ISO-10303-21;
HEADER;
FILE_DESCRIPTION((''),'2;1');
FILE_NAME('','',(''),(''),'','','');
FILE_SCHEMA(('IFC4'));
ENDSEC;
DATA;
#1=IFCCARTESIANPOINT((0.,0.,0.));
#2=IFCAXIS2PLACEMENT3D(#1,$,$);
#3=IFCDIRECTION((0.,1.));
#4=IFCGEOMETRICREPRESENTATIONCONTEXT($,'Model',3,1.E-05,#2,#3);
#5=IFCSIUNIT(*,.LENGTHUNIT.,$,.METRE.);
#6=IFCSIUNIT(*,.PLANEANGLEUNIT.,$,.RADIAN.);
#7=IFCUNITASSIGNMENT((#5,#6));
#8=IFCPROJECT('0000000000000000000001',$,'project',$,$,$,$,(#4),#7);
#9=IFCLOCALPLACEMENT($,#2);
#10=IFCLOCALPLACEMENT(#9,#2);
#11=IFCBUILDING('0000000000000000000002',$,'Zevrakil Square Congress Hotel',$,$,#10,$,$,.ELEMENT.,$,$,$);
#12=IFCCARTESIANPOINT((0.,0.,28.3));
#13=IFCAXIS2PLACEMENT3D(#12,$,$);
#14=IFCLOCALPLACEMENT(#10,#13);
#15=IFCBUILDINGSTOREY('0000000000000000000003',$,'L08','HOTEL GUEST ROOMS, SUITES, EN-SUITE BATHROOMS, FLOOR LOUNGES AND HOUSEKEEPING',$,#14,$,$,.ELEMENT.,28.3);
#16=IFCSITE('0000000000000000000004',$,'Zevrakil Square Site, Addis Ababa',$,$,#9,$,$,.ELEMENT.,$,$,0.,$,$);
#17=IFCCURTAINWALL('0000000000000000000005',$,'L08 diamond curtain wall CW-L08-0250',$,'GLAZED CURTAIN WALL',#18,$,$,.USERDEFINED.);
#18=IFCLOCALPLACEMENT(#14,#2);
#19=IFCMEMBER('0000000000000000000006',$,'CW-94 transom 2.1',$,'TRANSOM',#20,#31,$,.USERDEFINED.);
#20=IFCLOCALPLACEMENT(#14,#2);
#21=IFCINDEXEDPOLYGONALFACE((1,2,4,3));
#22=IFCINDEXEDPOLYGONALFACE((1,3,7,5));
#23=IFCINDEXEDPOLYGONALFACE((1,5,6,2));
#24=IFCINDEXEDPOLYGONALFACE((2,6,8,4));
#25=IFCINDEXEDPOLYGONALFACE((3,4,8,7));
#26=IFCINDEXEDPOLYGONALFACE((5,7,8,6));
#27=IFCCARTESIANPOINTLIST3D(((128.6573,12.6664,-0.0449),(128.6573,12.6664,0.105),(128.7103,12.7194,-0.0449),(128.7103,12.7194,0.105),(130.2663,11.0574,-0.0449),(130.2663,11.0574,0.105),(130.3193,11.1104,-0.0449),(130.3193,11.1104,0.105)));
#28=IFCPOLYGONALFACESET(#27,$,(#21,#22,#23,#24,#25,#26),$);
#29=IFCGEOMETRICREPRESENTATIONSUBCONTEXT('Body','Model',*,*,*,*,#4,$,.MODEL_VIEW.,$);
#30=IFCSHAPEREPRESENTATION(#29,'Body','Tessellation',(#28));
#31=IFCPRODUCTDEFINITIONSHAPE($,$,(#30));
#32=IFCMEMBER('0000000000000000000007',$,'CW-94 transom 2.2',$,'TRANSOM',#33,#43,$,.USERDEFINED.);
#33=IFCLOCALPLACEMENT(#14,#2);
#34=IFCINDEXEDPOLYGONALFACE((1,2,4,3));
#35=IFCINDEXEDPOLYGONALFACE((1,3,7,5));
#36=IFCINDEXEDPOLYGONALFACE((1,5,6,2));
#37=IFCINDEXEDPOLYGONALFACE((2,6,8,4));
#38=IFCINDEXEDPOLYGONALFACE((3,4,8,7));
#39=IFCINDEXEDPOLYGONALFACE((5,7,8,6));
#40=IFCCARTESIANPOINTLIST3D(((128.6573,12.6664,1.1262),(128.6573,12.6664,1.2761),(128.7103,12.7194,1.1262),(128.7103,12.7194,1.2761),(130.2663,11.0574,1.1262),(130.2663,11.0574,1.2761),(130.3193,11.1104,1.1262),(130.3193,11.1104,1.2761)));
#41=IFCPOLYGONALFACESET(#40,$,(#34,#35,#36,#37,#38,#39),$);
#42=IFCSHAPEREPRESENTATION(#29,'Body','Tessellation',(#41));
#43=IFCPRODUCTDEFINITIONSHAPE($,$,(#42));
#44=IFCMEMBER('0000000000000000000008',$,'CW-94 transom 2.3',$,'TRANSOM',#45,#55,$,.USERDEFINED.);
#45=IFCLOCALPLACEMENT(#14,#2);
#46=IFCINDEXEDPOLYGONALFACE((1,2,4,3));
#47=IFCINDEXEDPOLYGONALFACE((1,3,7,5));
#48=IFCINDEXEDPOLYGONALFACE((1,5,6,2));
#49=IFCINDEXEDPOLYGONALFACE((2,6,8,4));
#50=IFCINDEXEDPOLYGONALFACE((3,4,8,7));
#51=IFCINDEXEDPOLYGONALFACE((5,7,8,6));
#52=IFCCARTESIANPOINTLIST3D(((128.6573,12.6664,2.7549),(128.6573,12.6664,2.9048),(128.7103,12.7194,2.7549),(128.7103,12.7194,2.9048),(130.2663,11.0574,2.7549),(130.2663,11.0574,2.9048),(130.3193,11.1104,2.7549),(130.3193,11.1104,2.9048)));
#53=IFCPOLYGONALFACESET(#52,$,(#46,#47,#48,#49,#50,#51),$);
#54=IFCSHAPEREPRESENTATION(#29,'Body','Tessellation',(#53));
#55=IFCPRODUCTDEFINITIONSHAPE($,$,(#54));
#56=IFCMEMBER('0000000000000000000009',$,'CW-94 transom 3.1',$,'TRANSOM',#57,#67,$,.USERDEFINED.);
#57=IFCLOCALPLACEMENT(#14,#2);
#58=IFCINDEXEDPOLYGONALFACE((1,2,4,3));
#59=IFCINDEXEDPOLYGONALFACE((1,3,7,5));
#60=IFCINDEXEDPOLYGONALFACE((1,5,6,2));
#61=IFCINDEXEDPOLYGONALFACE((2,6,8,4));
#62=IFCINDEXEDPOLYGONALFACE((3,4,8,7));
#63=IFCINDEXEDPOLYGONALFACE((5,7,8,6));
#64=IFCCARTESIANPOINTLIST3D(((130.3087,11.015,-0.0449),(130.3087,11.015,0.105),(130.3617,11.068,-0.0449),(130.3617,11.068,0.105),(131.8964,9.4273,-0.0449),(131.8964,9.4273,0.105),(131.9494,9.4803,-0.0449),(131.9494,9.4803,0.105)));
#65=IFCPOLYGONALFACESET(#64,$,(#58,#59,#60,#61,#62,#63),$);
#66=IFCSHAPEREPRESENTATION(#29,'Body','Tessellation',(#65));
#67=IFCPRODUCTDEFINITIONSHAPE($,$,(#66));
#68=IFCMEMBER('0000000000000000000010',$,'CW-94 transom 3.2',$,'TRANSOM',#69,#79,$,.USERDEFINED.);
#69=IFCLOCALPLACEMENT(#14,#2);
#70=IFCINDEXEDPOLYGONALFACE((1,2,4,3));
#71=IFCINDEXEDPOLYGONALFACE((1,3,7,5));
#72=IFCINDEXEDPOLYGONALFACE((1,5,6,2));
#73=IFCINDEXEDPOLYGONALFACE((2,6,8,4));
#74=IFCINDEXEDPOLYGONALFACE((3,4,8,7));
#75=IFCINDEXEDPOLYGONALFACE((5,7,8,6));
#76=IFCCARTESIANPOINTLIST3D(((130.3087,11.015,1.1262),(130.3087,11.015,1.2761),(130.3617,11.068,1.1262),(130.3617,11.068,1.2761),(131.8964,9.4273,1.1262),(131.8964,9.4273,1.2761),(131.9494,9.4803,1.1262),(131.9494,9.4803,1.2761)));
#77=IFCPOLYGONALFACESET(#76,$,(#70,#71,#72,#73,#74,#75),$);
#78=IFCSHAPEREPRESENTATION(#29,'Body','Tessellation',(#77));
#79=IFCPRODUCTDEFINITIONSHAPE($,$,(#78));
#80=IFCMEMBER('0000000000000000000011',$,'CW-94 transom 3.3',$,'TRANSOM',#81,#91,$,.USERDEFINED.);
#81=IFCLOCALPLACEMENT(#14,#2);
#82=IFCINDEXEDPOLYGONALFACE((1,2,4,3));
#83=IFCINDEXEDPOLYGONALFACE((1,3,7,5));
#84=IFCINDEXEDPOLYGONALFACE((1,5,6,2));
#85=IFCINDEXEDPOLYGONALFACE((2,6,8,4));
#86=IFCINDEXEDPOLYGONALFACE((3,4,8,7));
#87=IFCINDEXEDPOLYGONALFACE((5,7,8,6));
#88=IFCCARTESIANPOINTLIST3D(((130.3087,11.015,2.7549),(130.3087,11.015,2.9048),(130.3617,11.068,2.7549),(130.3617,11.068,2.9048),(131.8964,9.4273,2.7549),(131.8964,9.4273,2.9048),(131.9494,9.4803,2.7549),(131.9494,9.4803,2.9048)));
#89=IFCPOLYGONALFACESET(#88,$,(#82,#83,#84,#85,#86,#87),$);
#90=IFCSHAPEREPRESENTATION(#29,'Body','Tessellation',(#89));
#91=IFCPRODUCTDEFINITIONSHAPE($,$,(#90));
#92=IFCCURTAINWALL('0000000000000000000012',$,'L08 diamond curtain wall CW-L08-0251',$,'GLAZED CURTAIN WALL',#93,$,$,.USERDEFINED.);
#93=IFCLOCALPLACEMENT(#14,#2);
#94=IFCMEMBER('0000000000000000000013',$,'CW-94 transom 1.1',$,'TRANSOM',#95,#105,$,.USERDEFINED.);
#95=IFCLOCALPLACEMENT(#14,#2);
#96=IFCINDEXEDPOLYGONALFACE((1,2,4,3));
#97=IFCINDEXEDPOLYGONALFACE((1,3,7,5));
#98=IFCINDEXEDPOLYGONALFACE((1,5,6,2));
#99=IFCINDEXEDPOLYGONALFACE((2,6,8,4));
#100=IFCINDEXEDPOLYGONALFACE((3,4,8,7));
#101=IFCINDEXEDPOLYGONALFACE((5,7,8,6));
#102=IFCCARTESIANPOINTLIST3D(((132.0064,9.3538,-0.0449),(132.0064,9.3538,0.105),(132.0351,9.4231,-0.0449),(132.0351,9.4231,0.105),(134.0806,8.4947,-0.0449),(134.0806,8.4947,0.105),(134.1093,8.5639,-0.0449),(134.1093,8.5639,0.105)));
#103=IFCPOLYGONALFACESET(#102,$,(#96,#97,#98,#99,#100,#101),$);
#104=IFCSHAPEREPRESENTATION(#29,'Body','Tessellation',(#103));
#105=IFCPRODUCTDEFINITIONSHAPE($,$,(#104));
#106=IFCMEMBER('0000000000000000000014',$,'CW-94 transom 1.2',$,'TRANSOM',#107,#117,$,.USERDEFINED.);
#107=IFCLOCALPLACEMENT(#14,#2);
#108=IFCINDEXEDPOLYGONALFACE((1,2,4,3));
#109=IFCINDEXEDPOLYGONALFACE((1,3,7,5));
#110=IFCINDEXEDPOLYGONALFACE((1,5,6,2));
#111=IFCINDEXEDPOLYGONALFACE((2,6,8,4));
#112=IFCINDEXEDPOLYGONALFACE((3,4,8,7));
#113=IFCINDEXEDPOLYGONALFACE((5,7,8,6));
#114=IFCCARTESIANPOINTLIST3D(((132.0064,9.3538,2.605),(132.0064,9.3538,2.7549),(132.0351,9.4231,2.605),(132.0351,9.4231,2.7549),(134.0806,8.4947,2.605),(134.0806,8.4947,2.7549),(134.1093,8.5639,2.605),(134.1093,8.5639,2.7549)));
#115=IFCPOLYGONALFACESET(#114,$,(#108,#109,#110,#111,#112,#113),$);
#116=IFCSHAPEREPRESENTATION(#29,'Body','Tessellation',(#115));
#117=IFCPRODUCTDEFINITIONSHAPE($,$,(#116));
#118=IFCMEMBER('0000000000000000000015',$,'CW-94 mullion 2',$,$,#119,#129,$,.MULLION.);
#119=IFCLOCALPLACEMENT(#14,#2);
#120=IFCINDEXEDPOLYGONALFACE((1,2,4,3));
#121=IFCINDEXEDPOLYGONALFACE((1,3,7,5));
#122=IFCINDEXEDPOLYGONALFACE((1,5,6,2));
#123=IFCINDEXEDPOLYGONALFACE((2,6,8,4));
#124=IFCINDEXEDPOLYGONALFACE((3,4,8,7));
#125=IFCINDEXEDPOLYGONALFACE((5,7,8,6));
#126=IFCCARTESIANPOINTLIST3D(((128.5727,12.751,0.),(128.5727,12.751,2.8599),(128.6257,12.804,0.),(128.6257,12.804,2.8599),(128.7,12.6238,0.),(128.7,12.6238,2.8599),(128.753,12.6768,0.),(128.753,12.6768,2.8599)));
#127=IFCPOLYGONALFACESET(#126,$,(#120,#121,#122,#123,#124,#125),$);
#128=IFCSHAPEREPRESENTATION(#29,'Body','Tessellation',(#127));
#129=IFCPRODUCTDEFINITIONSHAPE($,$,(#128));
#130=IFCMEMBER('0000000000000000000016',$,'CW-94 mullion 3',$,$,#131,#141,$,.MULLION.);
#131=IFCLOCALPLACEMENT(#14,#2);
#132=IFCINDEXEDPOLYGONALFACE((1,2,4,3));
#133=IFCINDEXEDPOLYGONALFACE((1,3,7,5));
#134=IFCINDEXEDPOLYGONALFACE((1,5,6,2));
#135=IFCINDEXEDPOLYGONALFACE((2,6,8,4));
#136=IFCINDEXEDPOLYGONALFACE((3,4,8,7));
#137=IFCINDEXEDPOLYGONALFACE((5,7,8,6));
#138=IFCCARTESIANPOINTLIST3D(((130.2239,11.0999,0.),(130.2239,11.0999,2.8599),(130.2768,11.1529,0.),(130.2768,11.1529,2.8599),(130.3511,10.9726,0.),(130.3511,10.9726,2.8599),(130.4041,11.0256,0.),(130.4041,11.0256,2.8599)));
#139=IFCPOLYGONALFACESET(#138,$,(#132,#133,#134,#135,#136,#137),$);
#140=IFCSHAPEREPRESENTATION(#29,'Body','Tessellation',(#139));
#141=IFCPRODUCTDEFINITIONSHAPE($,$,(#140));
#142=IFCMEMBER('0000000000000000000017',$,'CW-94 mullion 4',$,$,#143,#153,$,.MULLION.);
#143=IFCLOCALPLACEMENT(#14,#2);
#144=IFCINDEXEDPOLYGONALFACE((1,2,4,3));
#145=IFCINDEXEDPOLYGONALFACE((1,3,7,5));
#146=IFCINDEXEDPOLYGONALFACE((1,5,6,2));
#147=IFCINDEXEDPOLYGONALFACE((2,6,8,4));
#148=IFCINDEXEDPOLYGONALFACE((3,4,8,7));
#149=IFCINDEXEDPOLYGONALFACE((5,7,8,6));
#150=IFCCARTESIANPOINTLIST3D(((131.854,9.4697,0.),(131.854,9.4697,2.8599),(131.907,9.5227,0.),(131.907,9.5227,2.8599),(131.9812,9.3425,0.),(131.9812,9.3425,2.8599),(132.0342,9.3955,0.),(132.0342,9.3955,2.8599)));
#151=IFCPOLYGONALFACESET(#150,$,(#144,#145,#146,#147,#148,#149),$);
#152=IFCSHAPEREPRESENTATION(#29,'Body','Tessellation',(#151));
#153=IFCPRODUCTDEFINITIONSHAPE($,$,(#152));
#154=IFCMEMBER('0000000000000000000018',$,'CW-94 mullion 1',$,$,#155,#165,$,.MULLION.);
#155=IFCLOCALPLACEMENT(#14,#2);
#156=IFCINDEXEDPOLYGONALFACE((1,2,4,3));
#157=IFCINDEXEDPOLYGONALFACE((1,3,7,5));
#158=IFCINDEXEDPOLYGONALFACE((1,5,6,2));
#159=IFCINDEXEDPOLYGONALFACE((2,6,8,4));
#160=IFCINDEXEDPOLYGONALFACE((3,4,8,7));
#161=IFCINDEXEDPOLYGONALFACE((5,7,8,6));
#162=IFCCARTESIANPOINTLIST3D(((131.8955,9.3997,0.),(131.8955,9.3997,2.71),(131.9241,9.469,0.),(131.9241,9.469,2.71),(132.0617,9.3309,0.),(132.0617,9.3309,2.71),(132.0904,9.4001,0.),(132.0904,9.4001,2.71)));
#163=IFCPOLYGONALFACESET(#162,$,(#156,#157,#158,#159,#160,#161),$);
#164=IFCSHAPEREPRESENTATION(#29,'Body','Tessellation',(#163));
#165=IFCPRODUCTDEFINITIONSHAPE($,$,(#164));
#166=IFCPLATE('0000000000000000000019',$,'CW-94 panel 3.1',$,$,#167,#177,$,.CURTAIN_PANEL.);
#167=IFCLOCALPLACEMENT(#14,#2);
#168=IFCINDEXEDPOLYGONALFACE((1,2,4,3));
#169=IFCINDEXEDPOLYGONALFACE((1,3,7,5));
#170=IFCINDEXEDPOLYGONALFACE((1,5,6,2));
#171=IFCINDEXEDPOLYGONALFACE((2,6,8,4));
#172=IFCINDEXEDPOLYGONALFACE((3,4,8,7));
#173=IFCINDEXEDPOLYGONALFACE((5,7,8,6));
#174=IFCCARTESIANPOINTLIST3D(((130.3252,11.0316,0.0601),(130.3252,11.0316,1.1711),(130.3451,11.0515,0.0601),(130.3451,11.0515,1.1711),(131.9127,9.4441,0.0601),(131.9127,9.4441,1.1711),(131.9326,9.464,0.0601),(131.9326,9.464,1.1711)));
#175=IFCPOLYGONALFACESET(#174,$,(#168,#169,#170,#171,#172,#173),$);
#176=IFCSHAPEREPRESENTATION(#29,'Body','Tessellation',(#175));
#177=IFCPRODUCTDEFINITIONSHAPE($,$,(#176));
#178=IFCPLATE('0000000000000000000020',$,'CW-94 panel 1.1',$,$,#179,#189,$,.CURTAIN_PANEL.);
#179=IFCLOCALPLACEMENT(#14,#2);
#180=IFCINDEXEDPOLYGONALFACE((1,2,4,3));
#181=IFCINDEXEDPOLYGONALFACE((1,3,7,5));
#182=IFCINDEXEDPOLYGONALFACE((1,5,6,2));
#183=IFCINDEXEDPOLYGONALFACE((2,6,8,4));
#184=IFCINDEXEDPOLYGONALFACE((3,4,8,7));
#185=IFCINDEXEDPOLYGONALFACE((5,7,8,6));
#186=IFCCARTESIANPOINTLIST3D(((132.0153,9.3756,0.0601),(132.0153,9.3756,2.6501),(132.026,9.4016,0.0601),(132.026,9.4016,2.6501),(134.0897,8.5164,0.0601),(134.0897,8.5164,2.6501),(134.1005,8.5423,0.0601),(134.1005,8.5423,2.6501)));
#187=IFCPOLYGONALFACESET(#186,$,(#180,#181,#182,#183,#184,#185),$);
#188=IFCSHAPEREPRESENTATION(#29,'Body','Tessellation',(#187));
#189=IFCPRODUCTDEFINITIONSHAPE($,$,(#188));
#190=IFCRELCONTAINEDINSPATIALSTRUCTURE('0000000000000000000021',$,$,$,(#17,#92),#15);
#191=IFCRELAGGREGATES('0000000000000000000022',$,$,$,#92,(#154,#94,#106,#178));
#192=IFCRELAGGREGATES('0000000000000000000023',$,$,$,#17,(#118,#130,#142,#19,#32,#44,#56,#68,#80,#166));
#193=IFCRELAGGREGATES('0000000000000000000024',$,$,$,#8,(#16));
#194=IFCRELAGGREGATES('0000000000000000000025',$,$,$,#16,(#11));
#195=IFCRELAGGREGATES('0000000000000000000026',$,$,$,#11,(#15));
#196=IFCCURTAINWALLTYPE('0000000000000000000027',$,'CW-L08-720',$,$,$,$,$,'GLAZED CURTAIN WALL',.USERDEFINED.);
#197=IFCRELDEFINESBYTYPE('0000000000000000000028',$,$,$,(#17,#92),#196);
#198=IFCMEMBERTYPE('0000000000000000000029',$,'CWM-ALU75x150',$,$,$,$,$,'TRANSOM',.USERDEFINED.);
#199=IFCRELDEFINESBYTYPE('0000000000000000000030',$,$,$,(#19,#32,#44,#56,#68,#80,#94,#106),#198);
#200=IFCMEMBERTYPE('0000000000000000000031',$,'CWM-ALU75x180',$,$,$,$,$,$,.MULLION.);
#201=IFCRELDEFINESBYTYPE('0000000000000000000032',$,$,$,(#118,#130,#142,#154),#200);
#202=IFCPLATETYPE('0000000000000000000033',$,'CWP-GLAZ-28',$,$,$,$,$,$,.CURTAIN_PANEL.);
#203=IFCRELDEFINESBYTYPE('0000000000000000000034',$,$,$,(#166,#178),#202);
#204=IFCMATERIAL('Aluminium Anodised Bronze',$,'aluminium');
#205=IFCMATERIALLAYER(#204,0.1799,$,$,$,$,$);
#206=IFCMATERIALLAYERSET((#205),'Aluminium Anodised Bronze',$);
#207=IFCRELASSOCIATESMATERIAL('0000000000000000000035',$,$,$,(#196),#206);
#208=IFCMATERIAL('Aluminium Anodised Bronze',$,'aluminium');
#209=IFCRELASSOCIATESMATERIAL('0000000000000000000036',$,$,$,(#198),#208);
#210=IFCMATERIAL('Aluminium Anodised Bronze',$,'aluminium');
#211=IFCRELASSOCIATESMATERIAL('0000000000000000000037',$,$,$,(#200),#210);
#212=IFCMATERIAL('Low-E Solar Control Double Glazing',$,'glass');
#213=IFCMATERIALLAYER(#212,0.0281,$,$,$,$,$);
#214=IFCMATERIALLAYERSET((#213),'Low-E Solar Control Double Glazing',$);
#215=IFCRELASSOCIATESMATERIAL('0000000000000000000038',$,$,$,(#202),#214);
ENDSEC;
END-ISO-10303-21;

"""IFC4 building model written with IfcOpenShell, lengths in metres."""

from ifc_helpers import new_model, si_unit, direction, frame, origin, origin_2d, place, context, subcontext, project, spatial, rectangle, extrude, material, layer, layer_set, material_profile, profile_set, type_object, element, aggregate, save


model = new_model("IFC4")

# Units and contexts
model_context = context("Model", 3, precision=1e-05, world=origin(), true_north=direction((0.0, 1.0)))
body_context = subcontext(model_context, "Body", "Model", "MODEL_VIEW")
ifc_project = project(units=[si_unit("LENGTHUNIT", "METRE"), si_unit("PLANEANGLEUNIT", "RADIAN")], contexts=[model_context])

# Site, building, storey
site_placement = place(None, origin())
site = spatial("IfcSite", under=ifc_project, at=site_placement, Name="Zevrakil Square Site, Addis Ababa", CompositionType="ELEMENT", RefElevation=0.0)
building_placement = place(site_placement, origin())
building = spatial("IfcBuilding", under=site, at=building_placement, Name="Zevrakil Square Congress Hotel", CompositionType="ELEMENT")
storey_placement = place(building_placement, frame((0.0, 0.0, 28.3)))
storey = spatial("IfcBuildingStorey", under=building, at=storey_placement, Name="L08", Description="HOTEL GUEST ROOMS, SUITES, EN-SUITE BATHROOMS, FLOOR LOUNGES AND HOUSEKEEPING", CompositionType="ELEMENT", Elevation=28.3)

# Curtain walls, members
ifc_material_1 = material(Name="Aluminium Anodised Bronze", Category="aluminium")
ifc_layer_1 = layer(ifc_material_1, 0.1799)
ifc_layer_set_1 = layer_set([ifc_layer_1], Name="Aluminium Anodised Bronze")
curtain_wall_type = type_object("IfcCurtainWallType", Name="CW-L08-720", ElementType="GLAZED CURTAIN WALL", PredefinedType="USERDEFINED", material=ifc_layer_set_1)
curtain_wall_1_placement = place(storey_placement, origin())
curtain_wall_1 = element("IfcCurtainWall", 1, at=curtain_wall_1_placement, inside=storey, type_object=curtain_wall_type, Name="L08 diamond curtain wall CW-L08-0250", ObjectType="GLAZED CURTAIN WALL", PredefinedType="USERDEFINED")
ifc_material_2 = material(Name="Aluminium Anodised Bronze", Category="aluminium")
ifc_material_profile_1 = material_profile(ifc_material_2, rectangle(XDim=0.075, YDim=0.1499, at=origin_2d()), Name="ALU 75x150")
ifc_profile_set_1 = profile_set([ifc_material_profile_1], Name="Aluminium Anodised Bronze")
member_type_1 = type_object("IfcMemberType", Name="CWM-ALU75x150", ElementType="TRANSOM", PredefinedType="USERDEFINED", material=ifc_profile_set_1)
member_1_placement = place(storey_placement, frame((128.6838, 12.6929, 0.03), z_axis=(0.707107, -0.707107, 0.0), x_axis=(0.707107, 0.707107, 0.0)))
member_1 = element("IfcMember", 2, at=member_1_placement, type_object=member_type_1, Name="CW-94 transom 2.1", ObjectType="TRANSOM", PredefinedType="USERDEFINED", context=body_context, shape_type="SweptSolid", body=[
    extrude(rectangle(XDim=0.075, YDim=0.1499, at=origin_2d()), origin(), (0.0, 0.0, 1.0), 2.2754),
])
member_2_placement = place(storey_placement, frame((128.6838, 12.6929, 1.2012), z_axis=(0.707107, -0.707107, 0.0), x_axis=(0.707107, 0.707107, 0.0)))
member_2 = element("IfcMember", 3, at=member_2_placement, type_object=member_type_1, Name="CW-94 transom 2.2", ObjectType="TRANSOM", PredefinedType="USERDEFINED", context=body_context, shape_type="SweptSolid", body=[
    extrude(rectangle(XDim=0.075, YDim=0.1499, at=origin_2d()), origin(), (0.0, 0.0, 1.0), 2.2754),
])
member_3_placement = place(storey_placement, frame((128.6838, 12.6929, 2.8298), z_axis=(0.707107, -0.707107, 0.0), x_axis=(0.707107, 0.707107, 0.0)))
member_3 = element("IfcMember", 4, at=member_3_placement, type_object=member_type_1, Name="CW-94 transom 2.3", ObjectType="TRANSOM", PredefinedType="USERDEFINED", context=body_context, shape_type="SweptSolid", body=[
    extrude(rectangle(XDim=0.075, YDim=0.1499, at=origin_2d()), origin(), (0.0, 0.0, 1.0), 2.2754),
])
member_4_placement = place(storey_placement, frame((130.3352, 11.0415, 0.03), z_axis=(0.707107, -0.707107, 0.0), x_axis=(0.707107, 0.707107, 0.0)))
member_4 = element("IfcMember", 5, at=member_4_placement, type_object=member_type_1, Name="CW-94 transom 3.1", ObjectType="TRANSOM", PredefinedType="USERDEFINED", context=body_context, shape_type="SweptSolid", body=[
    extrude(rectangle(XDim=0.075, YDim=0.1499, at=origin_2d()), origin(), (0.0, 0.0, 1.0), 2.2454),
])
member_5_placement = place(storey_placement, frame((130.3352, 11.0415, 1.2012), z_axis=(0.707107, -0.707107, 0.0), x_axis=(0.707107, 0.707107, 0.0)))
member_5 = element("IfcMember", 6, at=member_5_placement, type_object=member_type_1, Name="CW-94 transom 3.2", ObjectType="TRANSOM", PredefinedType="USERDEFINED", context=body_context, shape_type="SweptSolid", body=[
    extrude(rectangle(XDim=0.075, YDim=0.1499, at=origin_2d()), origin(), (0.0, 0.0, 1.0), 2.2454),
])
member_6_placement = place(storey_placement, frame((130.3352, 11.0415, 2.8298), z_axis=(0.707107, -0.707107, 0.0), x_axis=(0.707107, 0.707107, 0.0)))
member_6 = element("IfcMember", 7, at=member_6_placement, type_object=member_type_1, Name="CW-94 transom 3.3", ObjectType="TRANSOM", PredefinedType="USERDEFINED", context=body_context, shape_type="SweptSolid", body=[
    extrude(rectangle(XDim=0.075, YDim=0.1499, at=origin_2d()), origin(), (0.0, 0.0, 1.0), 2.2454),
])
curtain_wall_2_placement = place(storey_placement, origin())
curtain_wall_2 = element("IfcCurtainWall", 8, at=curtain_wall_2_placement, inside=storey, type_object=curtain_wall_type, Name="L08 diamond curtain wall CW-L08-0251", ObjectType="GLAZED CURTAIN WALL", PredefinedType="USERDEFINED")
member_7_placement = place(storey_placement, frame((132.0208, 9.3884, 0.03), z_axis=(0.923886, -0.382669, 0.0), x_axis=(0.382669, 0.923886, 0.0)))
member_7 = element("IfcMember", 9, at=member_7_placement, type_object=member_type_1, Name="CW-94 transom 1.1", ObjectType="TRANSOM", PredefinedType="USERDEFINED", context=body_context, shape_type="SweptSolid", body=[
    extrude(rectangle(XDim=0.075, YDim=0.1499, at=origin_2d()), origin(), (0.0, 0.0, 1.0), 2.2451),
])
member_8_placement = place(storey_placement, frame((132.0208, 9.3884, 2.6799), z_axis=(0.923886, -0.382669, 0.0), x_axis=(0.382669, 0.923886, 0.0)))
member_8 = element("IfcMember", 10, at=member_8_placement, type_object=member_type_1, Name="CW-94 transom 1.2", ObjectType="TRANSOM", PredefinedType="USERDEFINED", context=body_context, shape_type="SweptSolid", body=[
    extrude(rectangle(XDim=0.075, YDim=0.1499, at=origin_2d()), origin(), (0.0, 0.0, 1.0), 2.2451),
])

# Members
ifc_material_3 = material(Name="Aluminium Anodised Bronze", Category="aluminium")
ifc_material_profile_2 = material_profile(ifc_material_3, rectangle(XDim=0.075, YDim=0.1799, at=origin_2d()), Name="ALU 75x180")
ifc_profile_set_2 = profile_set([ifc_material_profile_2], Name="Aluminium Anodised Bronze")
member_type_2 = type_object("IfcMemberType", Name="CWM-ALU75x180", PredefinedType="MULLION", material=ifc_profile_set_2)
member_9_placement = place(storey_placement, frame((128.6628, 12.7139, 0.0), z_axis=(0.0, 0.0, 1.0), x_axis=(0.707107, 0.707107, 0.0)))
member_9 = element("IfcMember", 11, at=member_9_placement, type_object=member_type_2, Name="CW-94 mullion 2", PredefinedType="MULLION", context=body_context, shape_type="SweptSolid", body=[
    extrude(rectangle(XDim=0.075, YDim=0.1799, at=origin_2d()), origin(), (0.0, 0.0, 1.0), 2.8599),
])
member_10_placement = place(storey_placement, frame((130.314, 11.0627, 0.0), z_axis=(0.0, 0.0, 1.0), x_axis=(0.707107, 0.707107, 0.0)))
member_10 = element("IfcMember", 12, at=member_10_placement, type_object=member_type_2, Name="CW-94 mullion 3", PredefinedType="MULLION", context=body_context, shape_type="SweptSolid", body=[
    extrude(rectangle(XDim=0.075, YDim=0.1799, at=origin_2d()), origin(), (0.0, 0.0, 1.0), 2.8599),
])
member_11_placement = place(storey_placement, frame((131.9441, 9.4326, 0.0), z_axis=(0.0, 0.0, 1.0), x_axis=(0.707107, 0.707107, 0.0)))
member_11 = element("IfcMember", 13, at=member_11_placement, type_object=member_type_2, Name="CW-94 mullion 4", PredefinedType="MULLION", context=body_context, shape_type="SweptSolid", body=[
    extrude(rectangle(XDim=0.075, YDim=0.1799, at=origin_2d()), origin(), (0.0, 0.0, 1.0), 2.8599),
])
member_12_placement = place(storey_placement, frame((131.9929, 9.3999, 0.0), z_axis=(0.0, 0.0, 1.0), x_axis=(0.382684, 0.923879, 0.0)))
member_12 = element("IfcMember", 14, at=member_12_placement, type_object=member_type_2, Name="CW-94 mullion 1", PredefinedType="MULLION", context=body_context, shape_type="SweptSolid", body=[
    extrude(rectangle(XDim=0.075, YDim=0.1799, at=origin_2d()), origin(), (0.0, 0.0, 1.0), 2.71),
])

# Plates
ifc_material_4 = material(Name="Low-E Solar Control Double Glazing", Category="glass")
ifc_layer_2 = layer(ifc_material_4, 0.0281)
ifc_layer_set_2 = layer_set([ifc_layer_2], Name="Low-E Solar Control Double Glazing")
plate_type_1 = type_object("IfcPlateType", Name="CWP-GLAZ-28", PredefinedType="CURTAIN_PANEL", material=ifc_layer_set_2)
plate_1_placement = place(storey_placement, frame((131.1289, 10.2478, 0.0601), z_axis=(0.0, 0.0, 1.0), x_axis=(0.707107, -0.707107, 0.0)))
plate_1 = element("IfcPlate", 15, at=plate_1_placement, type_object=plate_type_1, Name="CW-94 panel 3.1", PredefinedType="CURTAIN_PANEL", context=body_context, shape_type="SweptSolid", body=[
    extrude(rectangle(XDim=2.2451, YDim=0.0281, at=origin_2d()), origin(), (0.0, 0.0, 1.0), 1.1111),
])
plate_2_placement = place(storey_placement, frame((133.0579, 8.959, 0.0601), z_axis=(0.0, 0.0, 1.0), x_axis=(0.923879, -0.382684, 0.0)))
plate_2 = element("IfcPlate", 16, at=plate_2_placement, type_object=plate_type_1, Name="CW-94 panel 1.1", PredefinedType="CURTAIN_PANEL", context=body_context, shape_type="SweptSolid", body=[
    extrude(rectangle(XDim=2.2454, YDim=0.0281, at=origin_2d()), origin(), (0.0, 0.0, 1.0), 2.5901),
])
aggregate(curtain_wall_2, [member_12, member_7, member_8, plate_2])
aggregate(curtain_wall_1, [member_9, member_10, member_11, member_1, member_2, member_3, member_4, member_5, member_6, plate_1])

save(model, "model.ifc")
